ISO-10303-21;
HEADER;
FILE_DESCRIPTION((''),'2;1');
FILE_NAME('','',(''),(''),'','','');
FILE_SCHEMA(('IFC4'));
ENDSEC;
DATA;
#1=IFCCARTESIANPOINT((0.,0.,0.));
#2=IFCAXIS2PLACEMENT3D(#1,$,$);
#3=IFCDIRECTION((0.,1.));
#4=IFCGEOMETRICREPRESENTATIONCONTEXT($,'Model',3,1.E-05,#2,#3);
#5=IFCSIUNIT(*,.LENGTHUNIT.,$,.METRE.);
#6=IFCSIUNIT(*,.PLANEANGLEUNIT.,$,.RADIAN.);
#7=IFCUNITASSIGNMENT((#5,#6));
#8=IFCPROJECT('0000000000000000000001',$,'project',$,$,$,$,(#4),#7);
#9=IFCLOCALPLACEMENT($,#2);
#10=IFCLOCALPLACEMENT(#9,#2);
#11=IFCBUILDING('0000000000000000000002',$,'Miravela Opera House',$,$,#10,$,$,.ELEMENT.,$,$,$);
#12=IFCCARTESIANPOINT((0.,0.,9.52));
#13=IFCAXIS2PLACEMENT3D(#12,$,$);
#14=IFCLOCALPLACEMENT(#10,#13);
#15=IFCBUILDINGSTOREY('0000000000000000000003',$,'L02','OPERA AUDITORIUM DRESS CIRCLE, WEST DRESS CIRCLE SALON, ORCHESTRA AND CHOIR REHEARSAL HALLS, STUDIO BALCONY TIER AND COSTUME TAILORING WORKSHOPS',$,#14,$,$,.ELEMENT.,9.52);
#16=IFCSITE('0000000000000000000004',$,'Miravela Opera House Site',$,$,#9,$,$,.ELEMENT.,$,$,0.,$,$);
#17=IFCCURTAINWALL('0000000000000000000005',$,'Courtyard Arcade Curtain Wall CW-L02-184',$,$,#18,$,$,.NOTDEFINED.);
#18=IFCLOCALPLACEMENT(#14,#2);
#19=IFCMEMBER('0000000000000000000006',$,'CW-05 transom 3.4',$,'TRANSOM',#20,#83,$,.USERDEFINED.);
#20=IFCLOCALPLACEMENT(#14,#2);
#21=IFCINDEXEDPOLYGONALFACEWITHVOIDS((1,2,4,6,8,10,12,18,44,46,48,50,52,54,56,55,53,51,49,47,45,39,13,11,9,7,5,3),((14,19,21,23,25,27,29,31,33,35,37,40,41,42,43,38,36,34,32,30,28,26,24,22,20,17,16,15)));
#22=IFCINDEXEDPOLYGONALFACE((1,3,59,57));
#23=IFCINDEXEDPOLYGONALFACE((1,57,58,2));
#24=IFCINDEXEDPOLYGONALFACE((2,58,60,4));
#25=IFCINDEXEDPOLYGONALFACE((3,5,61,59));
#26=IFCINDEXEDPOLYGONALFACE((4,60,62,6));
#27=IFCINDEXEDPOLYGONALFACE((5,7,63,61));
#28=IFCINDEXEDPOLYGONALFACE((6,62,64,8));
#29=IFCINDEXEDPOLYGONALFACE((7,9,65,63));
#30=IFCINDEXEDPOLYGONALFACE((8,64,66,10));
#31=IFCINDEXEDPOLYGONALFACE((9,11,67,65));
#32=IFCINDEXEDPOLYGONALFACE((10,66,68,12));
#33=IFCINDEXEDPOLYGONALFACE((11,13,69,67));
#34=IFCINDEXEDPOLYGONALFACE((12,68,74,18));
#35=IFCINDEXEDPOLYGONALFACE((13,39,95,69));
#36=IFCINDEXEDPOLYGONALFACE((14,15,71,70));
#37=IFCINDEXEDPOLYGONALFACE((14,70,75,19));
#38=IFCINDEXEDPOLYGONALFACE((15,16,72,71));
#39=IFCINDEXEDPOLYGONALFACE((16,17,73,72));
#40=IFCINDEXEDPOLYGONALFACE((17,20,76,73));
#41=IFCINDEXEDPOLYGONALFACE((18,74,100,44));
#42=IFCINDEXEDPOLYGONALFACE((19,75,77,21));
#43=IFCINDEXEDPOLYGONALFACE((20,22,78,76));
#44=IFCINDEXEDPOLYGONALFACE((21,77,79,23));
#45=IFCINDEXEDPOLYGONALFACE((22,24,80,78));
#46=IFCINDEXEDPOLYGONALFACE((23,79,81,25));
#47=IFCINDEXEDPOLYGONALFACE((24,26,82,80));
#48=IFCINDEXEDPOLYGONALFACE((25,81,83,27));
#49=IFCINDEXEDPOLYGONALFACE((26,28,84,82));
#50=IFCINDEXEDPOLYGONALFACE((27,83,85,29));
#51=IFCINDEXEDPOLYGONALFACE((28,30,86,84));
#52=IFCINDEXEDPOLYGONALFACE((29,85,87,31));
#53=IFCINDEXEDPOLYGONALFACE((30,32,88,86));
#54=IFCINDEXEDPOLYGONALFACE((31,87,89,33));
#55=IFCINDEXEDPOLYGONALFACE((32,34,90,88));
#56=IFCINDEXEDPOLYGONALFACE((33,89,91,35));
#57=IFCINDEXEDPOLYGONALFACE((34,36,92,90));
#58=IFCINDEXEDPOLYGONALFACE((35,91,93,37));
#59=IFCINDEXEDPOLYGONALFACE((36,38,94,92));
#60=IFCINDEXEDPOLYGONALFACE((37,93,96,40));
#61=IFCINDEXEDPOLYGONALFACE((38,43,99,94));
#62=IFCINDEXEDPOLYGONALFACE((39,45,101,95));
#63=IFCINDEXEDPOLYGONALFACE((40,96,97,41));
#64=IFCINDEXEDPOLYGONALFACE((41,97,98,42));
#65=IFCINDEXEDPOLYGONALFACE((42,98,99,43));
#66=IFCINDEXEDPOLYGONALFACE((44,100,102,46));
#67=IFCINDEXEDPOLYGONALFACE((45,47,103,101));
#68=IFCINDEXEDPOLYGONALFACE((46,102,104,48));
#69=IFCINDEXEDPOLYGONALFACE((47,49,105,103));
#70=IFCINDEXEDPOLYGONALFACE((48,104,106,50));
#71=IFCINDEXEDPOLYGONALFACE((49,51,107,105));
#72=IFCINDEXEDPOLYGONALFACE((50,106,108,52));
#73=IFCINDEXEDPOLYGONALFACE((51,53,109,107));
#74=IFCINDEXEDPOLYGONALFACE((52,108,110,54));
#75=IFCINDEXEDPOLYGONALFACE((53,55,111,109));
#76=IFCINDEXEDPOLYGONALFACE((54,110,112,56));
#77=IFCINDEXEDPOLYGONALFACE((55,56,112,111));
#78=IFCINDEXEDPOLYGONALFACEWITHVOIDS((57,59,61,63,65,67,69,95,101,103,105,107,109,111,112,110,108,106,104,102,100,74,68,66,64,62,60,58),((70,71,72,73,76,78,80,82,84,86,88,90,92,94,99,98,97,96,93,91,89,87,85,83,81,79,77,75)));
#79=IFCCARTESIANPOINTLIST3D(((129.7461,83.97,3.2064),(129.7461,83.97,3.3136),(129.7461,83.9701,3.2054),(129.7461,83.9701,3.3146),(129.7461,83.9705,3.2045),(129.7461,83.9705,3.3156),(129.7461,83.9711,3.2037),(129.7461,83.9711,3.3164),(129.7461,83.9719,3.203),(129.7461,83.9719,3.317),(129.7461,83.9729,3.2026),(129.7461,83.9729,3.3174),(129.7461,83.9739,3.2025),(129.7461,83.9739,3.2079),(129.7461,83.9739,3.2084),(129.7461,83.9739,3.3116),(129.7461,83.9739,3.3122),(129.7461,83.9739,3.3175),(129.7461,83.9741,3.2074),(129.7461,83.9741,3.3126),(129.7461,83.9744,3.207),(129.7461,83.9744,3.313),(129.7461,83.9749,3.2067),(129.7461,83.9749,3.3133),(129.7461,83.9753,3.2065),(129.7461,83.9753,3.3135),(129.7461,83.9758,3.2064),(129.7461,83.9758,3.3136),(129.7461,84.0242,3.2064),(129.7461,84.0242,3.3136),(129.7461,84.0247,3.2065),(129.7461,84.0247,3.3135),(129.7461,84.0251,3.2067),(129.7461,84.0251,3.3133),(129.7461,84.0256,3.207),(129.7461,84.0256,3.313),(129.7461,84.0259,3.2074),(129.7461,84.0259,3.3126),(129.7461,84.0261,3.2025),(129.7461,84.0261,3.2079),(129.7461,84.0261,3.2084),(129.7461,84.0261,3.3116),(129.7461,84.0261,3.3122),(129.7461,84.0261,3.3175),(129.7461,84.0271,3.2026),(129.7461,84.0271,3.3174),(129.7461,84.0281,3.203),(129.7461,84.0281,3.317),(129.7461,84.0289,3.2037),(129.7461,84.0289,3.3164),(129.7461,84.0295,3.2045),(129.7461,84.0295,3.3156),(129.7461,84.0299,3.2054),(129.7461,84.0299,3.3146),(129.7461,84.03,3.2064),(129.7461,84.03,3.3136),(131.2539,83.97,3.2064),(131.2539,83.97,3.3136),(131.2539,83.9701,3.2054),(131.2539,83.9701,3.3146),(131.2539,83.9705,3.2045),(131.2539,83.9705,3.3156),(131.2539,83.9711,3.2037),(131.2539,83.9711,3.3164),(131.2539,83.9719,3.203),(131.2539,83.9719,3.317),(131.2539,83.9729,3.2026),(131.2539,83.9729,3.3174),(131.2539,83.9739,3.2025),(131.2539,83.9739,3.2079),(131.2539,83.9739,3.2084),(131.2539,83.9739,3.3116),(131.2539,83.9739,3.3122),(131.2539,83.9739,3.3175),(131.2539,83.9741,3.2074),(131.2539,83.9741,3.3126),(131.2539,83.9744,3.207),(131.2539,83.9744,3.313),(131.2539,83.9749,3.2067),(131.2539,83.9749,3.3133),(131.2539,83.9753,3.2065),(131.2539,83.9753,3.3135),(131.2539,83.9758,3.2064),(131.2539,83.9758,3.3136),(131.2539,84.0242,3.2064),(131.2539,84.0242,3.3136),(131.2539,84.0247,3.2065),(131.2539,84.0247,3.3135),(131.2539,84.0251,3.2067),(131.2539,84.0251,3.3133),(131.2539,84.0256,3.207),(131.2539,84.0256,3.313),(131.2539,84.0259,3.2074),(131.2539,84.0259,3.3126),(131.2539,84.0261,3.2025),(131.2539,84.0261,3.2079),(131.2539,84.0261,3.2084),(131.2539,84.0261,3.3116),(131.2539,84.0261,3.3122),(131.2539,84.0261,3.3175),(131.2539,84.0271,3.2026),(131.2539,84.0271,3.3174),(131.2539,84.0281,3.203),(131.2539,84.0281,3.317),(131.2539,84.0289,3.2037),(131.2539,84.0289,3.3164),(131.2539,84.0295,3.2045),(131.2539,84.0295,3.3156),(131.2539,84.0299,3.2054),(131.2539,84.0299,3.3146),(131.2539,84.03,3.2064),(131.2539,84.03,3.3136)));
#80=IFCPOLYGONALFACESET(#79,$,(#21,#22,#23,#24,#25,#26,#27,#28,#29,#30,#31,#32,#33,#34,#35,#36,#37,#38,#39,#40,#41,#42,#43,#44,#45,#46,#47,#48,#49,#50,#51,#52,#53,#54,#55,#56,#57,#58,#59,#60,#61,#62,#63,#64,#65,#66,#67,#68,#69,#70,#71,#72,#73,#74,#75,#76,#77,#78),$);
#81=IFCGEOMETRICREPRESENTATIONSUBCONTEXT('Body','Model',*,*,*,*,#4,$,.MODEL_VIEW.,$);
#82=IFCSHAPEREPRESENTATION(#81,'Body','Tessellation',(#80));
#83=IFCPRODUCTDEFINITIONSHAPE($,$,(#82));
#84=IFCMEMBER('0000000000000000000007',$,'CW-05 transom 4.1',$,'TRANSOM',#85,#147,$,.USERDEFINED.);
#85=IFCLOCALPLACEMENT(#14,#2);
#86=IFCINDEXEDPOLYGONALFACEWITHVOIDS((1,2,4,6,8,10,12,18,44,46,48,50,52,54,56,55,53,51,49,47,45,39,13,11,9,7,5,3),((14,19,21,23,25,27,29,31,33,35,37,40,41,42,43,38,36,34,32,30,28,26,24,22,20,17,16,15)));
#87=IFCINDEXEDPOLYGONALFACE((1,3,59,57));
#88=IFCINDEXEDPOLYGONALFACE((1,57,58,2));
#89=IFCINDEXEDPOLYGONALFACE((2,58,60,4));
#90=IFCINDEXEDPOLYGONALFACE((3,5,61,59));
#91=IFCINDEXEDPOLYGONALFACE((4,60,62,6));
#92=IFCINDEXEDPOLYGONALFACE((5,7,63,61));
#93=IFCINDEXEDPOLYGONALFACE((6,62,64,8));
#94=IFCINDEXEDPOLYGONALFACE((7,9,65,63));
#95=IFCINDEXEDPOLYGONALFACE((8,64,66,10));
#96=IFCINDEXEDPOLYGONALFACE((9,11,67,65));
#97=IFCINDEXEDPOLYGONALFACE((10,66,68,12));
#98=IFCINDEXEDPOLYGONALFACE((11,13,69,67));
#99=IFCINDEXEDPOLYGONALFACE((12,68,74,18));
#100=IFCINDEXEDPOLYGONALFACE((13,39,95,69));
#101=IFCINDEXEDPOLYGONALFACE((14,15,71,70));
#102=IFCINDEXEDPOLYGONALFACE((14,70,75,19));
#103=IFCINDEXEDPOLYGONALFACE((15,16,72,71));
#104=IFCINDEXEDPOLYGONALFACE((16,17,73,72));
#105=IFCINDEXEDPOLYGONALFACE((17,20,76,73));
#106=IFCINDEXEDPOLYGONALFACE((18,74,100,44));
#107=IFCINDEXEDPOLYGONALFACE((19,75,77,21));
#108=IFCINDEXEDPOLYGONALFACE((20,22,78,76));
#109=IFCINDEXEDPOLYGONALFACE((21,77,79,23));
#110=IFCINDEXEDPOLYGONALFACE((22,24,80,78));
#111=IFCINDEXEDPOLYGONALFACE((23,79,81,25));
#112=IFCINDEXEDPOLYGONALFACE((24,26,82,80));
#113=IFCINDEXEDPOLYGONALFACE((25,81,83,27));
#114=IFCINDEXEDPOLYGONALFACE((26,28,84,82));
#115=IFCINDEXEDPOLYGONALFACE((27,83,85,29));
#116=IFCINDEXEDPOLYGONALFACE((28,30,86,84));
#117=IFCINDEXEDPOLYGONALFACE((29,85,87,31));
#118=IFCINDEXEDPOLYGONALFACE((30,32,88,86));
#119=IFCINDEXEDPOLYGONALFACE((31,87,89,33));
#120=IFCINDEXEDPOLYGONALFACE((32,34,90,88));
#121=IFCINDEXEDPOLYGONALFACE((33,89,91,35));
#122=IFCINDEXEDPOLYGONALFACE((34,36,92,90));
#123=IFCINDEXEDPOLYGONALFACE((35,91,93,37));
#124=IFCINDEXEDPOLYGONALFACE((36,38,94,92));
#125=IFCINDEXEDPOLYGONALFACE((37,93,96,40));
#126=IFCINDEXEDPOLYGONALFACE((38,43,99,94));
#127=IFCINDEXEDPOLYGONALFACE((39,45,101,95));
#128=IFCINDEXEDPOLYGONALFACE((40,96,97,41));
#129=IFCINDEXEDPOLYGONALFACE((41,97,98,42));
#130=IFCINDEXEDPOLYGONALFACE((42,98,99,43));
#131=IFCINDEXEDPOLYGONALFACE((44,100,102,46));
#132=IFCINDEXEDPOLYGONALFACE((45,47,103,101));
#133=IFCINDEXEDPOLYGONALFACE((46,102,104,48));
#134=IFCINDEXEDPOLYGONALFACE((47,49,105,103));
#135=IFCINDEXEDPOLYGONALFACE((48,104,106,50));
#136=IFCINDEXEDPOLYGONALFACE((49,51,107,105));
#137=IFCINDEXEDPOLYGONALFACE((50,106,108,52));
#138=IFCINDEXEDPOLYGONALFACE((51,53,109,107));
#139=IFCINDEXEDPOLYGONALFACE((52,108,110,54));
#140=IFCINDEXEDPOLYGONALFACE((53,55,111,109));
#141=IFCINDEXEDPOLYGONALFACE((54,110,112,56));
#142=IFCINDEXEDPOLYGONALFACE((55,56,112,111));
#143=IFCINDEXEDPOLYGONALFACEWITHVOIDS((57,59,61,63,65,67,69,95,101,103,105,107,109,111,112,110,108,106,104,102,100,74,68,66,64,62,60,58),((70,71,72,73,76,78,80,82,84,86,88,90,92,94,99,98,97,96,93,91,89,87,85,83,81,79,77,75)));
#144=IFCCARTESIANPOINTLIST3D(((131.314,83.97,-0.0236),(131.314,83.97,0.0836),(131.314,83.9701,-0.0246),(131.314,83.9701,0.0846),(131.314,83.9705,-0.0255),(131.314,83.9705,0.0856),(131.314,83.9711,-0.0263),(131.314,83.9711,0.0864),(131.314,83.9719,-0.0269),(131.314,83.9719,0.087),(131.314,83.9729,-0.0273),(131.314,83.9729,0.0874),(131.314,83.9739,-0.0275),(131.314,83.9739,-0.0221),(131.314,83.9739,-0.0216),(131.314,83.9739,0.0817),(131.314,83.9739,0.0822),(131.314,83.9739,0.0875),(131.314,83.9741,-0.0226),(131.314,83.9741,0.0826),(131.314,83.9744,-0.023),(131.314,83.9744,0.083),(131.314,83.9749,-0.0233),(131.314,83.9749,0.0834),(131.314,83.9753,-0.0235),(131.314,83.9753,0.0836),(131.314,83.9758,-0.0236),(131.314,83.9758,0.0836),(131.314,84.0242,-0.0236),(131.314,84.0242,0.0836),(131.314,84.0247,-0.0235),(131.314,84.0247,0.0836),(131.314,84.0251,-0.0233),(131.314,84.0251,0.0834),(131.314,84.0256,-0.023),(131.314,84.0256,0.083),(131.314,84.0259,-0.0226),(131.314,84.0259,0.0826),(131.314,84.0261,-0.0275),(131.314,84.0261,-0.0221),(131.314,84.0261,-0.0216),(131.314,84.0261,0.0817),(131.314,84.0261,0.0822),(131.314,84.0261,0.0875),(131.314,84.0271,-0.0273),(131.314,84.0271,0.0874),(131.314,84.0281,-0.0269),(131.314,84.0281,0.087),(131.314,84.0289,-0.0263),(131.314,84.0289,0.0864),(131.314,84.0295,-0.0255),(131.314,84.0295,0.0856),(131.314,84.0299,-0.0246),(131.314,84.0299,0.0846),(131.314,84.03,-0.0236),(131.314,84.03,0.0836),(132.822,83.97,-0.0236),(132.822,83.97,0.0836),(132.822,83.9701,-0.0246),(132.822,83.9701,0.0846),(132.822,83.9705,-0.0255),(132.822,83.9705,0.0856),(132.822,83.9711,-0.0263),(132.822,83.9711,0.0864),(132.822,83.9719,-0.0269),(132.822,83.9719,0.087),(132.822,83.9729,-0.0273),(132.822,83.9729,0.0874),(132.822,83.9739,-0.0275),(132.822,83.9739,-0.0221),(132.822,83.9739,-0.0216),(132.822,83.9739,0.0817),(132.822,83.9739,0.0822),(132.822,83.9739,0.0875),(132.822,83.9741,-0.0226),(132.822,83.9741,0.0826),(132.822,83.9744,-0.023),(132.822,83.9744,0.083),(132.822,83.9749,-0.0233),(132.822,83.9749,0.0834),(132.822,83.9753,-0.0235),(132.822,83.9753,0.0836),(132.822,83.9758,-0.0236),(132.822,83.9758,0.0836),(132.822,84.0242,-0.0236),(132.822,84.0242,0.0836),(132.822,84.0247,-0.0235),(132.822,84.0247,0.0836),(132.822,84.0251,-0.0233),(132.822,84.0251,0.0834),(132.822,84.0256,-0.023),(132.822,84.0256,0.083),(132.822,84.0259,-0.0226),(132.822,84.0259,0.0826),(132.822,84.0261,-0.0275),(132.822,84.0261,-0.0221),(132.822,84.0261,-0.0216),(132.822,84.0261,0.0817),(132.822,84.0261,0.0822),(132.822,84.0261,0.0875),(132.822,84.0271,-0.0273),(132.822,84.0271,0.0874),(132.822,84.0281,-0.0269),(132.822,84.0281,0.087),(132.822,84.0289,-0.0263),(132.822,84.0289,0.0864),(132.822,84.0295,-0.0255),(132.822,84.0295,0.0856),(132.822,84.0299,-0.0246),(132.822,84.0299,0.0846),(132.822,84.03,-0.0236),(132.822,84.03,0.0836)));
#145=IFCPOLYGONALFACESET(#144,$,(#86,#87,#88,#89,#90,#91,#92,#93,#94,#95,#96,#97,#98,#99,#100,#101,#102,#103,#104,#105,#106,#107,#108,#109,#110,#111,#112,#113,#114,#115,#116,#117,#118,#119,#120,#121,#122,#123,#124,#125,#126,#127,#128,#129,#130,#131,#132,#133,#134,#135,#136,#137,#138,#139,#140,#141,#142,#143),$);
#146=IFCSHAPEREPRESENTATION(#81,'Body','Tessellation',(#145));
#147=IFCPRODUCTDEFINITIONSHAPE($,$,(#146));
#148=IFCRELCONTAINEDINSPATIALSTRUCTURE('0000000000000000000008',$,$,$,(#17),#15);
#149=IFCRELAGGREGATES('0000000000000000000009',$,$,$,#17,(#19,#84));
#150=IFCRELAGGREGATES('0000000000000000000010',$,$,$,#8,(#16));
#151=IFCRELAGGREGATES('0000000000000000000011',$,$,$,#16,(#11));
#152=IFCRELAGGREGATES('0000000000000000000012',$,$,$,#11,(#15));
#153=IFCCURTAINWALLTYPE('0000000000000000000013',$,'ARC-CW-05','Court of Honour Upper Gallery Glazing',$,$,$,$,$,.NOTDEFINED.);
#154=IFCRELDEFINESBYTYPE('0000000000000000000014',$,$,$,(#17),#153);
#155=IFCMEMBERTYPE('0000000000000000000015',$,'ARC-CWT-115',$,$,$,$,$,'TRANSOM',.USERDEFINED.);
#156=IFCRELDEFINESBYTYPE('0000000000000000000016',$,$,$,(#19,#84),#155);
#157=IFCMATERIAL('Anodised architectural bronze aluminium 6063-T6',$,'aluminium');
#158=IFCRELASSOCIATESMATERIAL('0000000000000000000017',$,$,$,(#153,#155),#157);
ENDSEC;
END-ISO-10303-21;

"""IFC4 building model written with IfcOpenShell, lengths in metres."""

from ifc_helpers import new_model, si_unit, direction, frame, origin, origin_2d, place, context, subcontext, project, spatial, hollow_rectangle, extrude, material, material_profile, profile_set, type_object, element, aggregate, save


model = new_model("IFC4")

# Units and contexts
model_context = context("Model", 3, precision=1e-05, world=origin(), true_north=direction((0.0, 1.0)))
body_context = subcontext(model_context, "Body", "Model", "MODEL_VIEW")
ifc_project = project(units=[si_unit("LENGTHUNIT", "METRE"), si_unit("PLANEANGLEUNIT", "RADIAN")], contexts=[model_context])

# Site, building, storey
site_placement = place(None, origin())
site = spatial("IfcSite", under=ifc_project, at=site_placement, Name="Miravela Opera House Site", CompositionType="ELEMENT", RefElevation=0.0)
building_placement = place(site_placement, origin())
building = spatial("IfcBuilding", under=site, at=building_placement, Name="Miravela Opera House", CompositionType="ELEMENT")
storey_placement = place(building_placement, frame((0.0, 0.0, 9.52)))
storey = spatial("IfcBuildingStorey", under=building, at=storey_placement, Name="L02", Description="OPERA AUDITORIUM DRESS CIRCLE, WEST DRESS CIRCLE SALON, ORCHESTRA AND CHOIR REHEARSAL HALLS, STUDIO BALCONY TIER AND COSTUME TAILORING WORKSHOPS", CompositionType="ELEMENT", Elevation=9.52)

# Curtain wall, members
ifc_material_1 = material(Name="Anodised architectural bronze aluminium 6063-T6", Category="aluminium")
curtain_wall_type = type_object("IfcCurtainWallType", Name="ARC-CW-05", Description="Court of Honour Upper Gallery Glazing", PredefinedType="NOTDEFINED", material=ifc_material_1)
curtain_wall_placement = place(storey_placement, origin())
curtain_wall = element("IfcCurtainWall", 1, at=curtain_wall_placement, inside=storey, type_object=curtain_wall_type, Name="Courtyard Arcade Curtain Wall CW-L02-184", PredefinedType="NOTDEFINED")
ifc_material_profile_1 = material_profile(ifc_material_1, hollow_rectangle(XDim=0.0601, YDim=0.115, WallThickness=0.0039, InnerFilletRadius=0.002, OuterFilletRadius=0.0039, at=origin_2d()), Name="CWT-60X115")
ifc_profile_set_1 = profile_set([ifc_material_profile_1])
member_type_1 = type_object("IfcMemberType", Name="ARC-CWT-115", ElementType="TRANSOM", PredefinedType="USERDEFINED", material=ifc_profile_set_1)
member_1_placement = place(storey_placement, frame((129.7461, 84.0, 3.26), z_axis=(1.0, 0.0, 0.0), x_axis=(0.0, 1.0, 0.0)))
member_1 = element("IfcMember", 2, at=member_1_placement, type_object=member_type_1, Name="CW-05 transom 3.4", ObjectType="TRANSOM", PredefinedType="USERDEFINED", context=body_context, shape_type="SweptSolid", body=[
    extrude(hollow_rectangle(XDim=0.0601, YDim=0.115, WallThickness=0.0039, InnerFilletRadius=0.002, OuterFilletRadius=0.0039, at=origin_2d()), origin(), (0.0, 0.0, 1.0), 1.5078),
])
member_2_placement = place(storey_placement, frame((131.314, 84.0, 0.03), z_axis=(1.0, 0.0, 0.0), x_axis=(0.0, 1.0, 0.0)))
member_2 = element("IfcMember", 3, at=member_2_placement, type_object=member_type_1, Name="CW-05 transom 4.1", ObjectType="TRANSOM", PredefinedType="USERDEFINED", context=body_context, shape_type="SweptSolid", body=[
    extrude(hollow_rectangle(XDim=0.0601, YDim=0.115, WallThickness=0.0039, InnerFilletRadius=0.002, OuterFilletRadius=0.0039, at=origin_2d()), origin(), (0.0, 0.0, 1.0), 1.5081),
])
aggregate(curtain_wall, [member_1, member_2])

save(model, "model.ifc")
